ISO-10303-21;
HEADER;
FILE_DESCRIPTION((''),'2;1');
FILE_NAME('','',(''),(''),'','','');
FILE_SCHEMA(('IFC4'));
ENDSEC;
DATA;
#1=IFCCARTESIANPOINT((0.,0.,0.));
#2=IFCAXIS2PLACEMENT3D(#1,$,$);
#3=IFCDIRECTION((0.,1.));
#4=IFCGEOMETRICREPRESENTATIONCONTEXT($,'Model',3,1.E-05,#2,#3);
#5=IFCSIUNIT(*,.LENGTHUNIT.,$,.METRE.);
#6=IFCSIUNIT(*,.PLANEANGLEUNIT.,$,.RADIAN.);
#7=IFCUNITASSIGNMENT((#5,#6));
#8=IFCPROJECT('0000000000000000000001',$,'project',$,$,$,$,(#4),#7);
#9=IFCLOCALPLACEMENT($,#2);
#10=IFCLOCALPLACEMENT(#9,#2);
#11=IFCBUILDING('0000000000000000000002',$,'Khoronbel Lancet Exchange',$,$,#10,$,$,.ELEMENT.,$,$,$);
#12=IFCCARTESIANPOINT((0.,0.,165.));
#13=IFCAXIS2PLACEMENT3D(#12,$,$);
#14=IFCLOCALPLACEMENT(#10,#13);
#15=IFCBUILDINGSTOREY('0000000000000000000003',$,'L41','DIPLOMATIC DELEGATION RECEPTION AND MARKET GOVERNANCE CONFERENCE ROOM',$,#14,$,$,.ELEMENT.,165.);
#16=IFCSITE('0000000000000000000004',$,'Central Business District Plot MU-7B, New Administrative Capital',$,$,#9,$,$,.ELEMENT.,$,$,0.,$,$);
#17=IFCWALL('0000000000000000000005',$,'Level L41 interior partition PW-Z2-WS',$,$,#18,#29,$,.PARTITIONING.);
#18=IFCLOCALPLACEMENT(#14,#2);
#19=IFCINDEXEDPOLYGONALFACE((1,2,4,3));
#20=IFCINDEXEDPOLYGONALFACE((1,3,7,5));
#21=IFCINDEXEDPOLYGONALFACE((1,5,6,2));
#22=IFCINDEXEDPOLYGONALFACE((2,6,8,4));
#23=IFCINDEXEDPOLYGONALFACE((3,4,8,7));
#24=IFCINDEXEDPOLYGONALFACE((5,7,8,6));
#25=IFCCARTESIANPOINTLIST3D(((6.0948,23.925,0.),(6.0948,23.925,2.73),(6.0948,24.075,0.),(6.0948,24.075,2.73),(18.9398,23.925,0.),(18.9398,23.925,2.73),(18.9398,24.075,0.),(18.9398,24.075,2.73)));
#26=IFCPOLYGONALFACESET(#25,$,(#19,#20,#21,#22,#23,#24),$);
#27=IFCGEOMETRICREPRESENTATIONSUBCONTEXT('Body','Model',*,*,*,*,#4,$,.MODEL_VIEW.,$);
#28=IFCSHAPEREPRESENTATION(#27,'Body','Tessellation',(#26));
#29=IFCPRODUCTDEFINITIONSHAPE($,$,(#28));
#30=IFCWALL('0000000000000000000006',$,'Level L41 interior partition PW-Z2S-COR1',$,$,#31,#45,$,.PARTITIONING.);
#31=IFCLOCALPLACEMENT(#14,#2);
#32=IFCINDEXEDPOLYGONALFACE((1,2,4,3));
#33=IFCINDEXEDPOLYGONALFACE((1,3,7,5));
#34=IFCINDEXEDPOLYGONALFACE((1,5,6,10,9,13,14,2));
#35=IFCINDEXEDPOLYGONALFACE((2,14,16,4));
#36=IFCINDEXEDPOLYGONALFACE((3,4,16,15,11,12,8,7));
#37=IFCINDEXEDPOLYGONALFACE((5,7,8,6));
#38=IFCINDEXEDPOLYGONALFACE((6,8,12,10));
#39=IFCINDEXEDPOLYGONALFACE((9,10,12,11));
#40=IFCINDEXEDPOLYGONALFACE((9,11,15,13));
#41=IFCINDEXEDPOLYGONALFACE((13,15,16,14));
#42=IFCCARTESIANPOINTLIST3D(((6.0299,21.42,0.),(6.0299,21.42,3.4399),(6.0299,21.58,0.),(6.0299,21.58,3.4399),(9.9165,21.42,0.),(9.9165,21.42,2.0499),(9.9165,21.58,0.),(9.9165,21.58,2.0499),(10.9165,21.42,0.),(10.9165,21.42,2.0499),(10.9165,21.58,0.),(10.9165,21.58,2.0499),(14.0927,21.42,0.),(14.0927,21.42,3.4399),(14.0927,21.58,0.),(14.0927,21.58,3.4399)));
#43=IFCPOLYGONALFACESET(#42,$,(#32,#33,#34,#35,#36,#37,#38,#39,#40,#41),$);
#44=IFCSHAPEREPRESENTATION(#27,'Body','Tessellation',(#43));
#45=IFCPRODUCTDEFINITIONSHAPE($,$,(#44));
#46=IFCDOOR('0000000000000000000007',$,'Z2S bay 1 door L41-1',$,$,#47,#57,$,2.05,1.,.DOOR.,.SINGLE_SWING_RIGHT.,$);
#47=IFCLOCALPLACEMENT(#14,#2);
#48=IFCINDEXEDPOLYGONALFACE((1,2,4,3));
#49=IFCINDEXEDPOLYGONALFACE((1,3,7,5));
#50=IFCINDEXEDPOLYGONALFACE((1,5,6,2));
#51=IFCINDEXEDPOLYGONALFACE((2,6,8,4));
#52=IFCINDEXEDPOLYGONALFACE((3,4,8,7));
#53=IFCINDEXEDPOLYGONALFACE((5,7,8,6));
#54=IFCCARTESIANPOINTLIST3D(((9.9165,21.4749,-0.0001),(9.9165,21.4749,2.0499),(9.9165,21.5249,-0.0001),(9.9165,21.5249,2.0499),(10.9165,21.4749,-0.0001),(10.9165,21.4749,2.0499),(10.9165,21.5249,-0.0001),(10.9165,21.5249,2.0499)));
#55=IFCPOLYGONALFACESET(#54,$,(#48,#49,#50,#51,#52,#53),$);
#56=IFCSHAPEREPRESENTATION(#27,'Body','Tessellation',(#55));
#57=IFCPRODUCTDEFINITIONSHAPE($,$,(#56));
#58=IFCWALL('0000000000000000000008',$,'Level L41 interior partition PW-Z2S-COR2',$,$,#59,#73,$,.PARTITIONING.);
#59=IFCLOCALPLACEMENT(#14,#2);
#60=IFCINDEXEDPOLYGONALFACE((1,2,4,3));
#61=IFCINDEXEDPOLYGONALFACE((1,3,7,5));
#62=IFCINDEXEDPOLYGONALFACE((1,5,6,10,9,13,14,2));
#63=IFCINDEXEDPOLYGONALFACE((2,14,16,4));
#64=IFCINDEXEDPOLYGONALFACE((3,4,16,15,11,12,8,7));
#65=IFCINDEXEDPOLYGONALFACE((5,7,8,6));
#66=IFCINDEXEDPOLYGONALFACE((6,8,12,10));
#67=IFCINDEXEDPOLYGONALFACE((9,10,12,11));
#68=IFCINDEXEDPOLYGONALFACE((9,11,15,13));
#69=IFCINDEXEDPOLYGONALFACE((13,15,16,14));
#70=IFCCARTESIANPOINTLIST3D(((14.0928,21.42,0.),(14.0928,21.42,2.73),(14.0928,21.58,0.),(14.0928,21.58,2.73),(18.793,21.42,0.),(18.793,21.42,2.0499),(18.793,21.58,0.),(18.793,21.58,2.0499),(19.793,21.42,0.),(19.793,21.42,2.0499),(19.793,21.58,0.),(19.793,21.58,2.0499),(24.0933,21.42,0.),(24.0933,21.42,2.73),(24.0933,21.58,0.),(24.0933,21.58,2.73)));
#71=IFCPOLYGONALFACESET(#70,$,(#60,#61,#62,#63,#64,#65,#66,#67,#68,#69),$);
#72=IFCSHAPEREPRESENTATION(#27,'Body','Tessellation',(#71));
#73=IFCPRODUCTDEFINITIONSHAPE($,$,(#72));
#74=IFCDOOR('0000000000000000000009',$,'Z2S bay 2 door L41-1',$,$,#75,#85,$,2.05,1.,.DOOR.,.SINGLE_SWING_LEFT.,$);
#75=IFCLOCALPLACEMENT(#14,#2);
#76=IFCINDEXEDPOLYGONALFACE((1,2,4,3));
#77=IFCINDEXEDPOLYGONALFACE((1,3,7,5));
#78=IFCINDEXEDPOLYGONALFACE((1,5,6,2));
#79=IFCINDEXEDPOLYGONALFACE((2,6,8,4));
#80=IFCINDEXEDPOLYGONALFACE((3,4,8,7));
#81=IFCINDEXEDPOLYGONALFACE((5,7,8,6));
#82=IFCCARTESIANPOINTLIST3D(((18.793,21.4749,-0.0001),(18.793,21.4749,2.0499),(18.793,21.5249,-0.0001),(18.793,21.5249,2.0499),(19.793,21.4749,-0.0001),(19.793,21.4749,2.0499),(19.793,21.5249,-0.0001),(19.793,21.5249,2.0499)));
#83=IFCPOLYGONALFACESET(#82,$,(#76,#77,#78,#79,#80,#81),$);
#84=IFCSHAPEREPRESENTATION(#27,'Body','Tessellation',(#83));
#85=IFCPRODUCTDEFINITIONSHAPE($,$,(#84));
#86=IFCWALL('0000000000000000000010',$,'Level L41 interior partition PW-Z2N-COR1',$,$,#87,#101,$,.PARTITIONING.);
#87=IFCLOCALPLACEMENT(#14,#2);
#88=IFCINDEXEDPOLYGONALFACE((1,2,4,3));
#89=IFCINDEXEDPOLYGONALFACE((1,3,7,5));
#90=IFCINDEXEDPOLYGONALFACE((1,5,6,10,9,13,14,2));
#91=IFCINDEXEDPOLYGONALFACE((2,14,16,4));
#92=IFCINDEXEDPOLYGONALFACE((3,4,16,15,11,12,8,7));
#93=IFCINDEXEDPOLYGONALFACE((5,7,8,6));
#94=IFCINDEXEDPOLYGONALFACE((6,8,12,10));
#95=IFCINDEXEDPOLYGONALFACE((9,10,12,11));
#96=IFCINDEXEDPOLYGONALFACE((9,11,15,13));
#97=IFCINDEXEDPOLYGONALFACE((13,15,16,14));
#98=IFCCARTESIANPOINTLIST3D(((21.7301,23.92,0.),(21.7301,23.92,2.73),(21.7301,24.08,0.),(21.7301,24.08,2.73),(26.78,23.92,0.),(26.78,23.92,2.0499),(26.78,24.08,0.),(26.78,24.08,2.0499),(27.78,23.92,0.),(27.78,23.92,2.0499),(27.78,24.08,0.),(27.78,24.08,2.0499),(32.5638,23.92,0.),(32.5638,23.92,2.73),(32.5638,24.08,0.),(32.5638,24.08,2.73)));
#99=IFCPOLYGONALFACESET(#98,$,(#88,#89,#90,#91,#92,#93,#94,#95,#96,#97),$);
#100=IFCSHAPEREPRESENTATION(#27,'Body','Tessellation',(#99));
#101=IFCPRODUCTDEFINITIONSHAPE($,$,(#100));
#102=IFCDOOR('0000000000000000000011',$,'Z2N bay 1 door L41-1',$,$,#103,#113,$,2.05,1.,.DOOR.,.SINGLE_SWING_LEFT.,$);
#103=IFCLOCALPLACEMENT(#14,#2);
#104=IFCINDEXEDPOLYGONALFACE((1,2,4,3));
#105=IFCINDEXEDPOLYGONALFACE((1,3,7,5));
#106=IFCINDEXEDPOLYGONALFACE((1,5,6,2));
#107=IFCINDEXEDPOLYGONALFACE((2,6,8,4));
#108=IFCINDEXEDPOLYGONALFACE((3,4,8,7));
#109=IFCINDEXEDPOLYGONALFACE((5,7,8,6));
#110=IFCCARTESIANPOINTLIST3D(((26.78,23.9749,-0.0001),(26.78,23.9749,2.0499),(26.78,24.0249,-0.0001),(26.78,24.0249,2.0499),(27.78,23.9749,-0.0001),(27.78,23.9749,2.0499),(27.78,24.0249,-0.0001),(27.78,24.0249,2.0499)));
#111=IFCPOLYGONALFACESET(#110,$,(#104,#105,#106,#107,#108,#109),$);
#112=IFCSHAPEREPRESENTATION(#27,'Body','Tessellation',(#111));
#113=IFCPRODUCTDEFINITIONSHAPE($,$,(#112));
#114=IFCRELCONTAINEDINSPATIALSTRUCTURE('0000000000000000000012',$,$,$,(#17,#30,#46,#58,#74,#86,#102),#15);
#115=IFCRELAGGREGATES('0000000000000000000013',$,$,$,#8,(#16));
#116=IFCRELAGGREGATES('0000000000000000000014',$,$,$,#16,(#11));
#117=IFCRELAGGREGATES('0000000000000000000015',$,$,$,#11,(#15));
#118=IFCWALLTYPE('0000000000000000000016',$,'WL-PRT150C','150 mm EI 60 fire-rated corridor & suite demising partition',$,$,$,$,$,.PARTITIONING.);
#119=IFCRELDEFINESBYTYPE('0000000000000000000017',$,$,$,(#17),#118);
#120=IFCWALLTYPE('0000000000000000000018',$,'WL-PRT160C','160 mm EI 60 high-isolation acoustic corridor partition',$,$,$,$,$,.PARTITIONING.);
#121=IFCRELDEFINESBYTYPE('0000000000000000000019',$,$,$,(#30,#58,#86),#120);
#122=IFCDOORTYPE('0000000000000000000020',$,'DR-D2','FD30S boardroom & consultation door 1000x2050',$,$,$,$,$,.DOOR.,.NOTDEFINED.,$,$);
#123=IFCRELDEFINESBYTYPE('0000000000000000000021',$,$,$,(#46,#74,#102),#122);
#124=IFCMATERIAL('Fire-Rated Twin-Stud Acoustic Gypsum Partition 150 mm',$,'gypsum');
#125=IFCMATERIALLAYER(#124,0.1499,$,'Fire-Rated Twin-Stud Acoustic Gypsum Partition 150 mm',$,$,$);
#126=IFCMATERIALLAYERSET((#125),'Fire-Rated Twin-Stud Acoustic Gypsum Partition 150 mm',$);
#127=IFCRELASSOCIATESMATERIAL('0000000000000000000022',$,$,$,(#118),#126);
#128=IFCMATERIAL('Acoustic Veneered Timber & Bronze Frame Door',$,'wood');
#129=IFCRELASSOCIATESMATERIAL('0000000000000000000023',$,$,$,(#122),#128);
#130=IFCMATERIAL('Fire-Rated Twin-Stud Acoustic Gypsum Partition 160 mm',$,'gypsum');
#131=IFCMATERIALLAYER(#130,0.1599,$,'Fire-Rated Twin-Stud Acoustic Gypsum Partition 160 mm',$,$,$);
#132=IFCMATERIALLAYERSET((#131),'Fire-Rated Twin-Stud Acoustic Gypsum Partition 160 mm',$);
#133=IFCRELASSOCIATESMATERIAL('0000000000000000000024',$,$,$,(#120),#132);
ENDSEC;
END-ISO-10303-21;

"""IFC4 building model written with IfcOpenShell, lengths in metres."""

from ifc_helpers import new_model, si_unit, direction, frame, frame_2d, origin, place, context, subcontext, project, spatial, rectangle, extrude, material, layer, layer_set, type_object, element, fill, save


model = new_model("IFC4")

# Units and contexts
model_context = context("Model", 3, precision=1e-05, world=origin(), true_north=direction((0.0, 1.0)))
body_context = subcontext(model_context, "Body", "Model", "MODEL_VIEW")
ifc_project = project(units=[si_unit("LENGTHUNIT", "METRE"), si_unit("PLANEANGLEUNIT", "RADIAN")], contexts=[model_context])

# Site, building, storey
site_placement = place(None, origin())
site = spatial("IfcSite", under=ifc_project, at=site_placement, Name="Central Business District Plot MU-7B, New Administrative Capital", CompositionType="ELEMENT", RefElevation=0.0)
building_placement = place(site_placement, origin())
building = spatial("IfcBuilding", under=site, at=building_placement, Name="Khoronbel Lancet Exchange", CompositionType="ELEMENT")
storey_placement = place(building_placement, frame((0.0, 0.0, 165.0)))
storey = spatial("IfcBuildingStorey", under=building, at=storey_placement, Name="L41", Description="DIPLOMATIC DELEGATION RECEPTION AND MARKET GOVERNANCE CONFERENCE ROOM", CompositionType="ELEMENT", Elevation=165.0)

# Shared definitions
ifc_material_1 = material(Name="Fire-Rated Twin-Stud Acoustic Gypsum Partition 150 mm", Category="gypsum")
ifc_layer_1 = layer(ifc_material_1, 0.1499, Name="Fire-Rated Twin-Stud Acoustic Gypsum Partition 150 mm")
ifc_layer_set_1 = layer_set([ifc_layer_1], Name="Fire-Rated Twin-Stud Acoustic Gypsum Partition 150 mm")
wall_type_1 = type_object("IfcWallType", Name="WL-PRT150C", Description="150 mm EI 60 fire-rated corridor & suite demising partition", PredefinedType="PARTITIONING", material=ifc_layer_set_1)
ifc_material_2 = material(Name="Acoustic Veneered Timber & Bronze Frame Door", Category="wood")
door_type = type_object("IfcDoorType", Name="DR-D2", Description="FD30S boardroom & consultation door 1000x2050", OperationType="NOTDEFINED", PredefinedType="DOOR", material=ifc_material_2)

# Wall
wall_1_placement = place(storey_placement, frame((6.095, 24.0, 0.0), z_axis=(0.0, 0.0, 1.0), x_axis=(1.0, 0.0, 0.0)))
element("IfcWall", 1, at=wall_1_placement, inside=storey, type_object=wall_type_1, Name="Level L41 interior partition PW-Z2-WS", PredefinedType="PARTITIONING", context=body_context, shape_type="SweptSolid", body=[
    extrude(rectangle(XDim=12.845, YDim=0.1499, at=frame_2d((6.4224, 0.0))), origin(), (0.0, 0.0, 1.0), 2.73),
])

# Walls, openings, doors
ifc_material_3 = material(Name="Fire-Rated Twin-Stud Acoustic Gypsum Partition 160 mm", Category="gypsum")
ifc_layer_2 = layer(ifc_material_3, 0.1599, Name="Fire-Rated Twin-Stud Acoustic Gypsum Partition 160 mm")
ifc_layer_set_2 = layer_set([ifc_layer_2], Name="Fire-Rated Twin-Stud Acoustic Gypsum Partition 160 mm")
wall_type_2 = type_object("IfcWallType", Name="WL-PRT160C", Description="160 mm EI 60 high-isolation acoustic corridor partition", PredefinedType="PARTITIONING", material=ifc_layer_set_2)
wall_2_placement = place(storey_placement, frame((6.03, 21.5, 0.0), z_axis=(0.0, 0.0, 1.0), x_axis=(1.0, 0.0, 0.0)))
wall_2 = element("IfcWall", 2, at=wall_2_placement, inside=storey, type_object=wall_type_2, Name="Level L41 interior partition PW-Z2S-COR1", PredefinedType="PARTITIONING", context=body_context, shape_type="SweptSolid", body=[
    extrude(rectangle(XDim=8.0627, YDim=0.1599, at=frame_2d((4.0312, 0.0))), origin(), (0.0, 0.0, 1.0), 3.4399),
])
opening_1_placement = place(wall_2_placement, frame((3.8865, 0.0, 0.0)))
opening_1 = element("IfcOpeningElement", 3, at=opening_1_placement, cuts=wall_2, PredefinedType="OPENING", context=body_context, shape_type="SweptSolid", body=[
    extrude(rectangle(XDim=1.0, YDim=2.05, at=frame_2d((0.5, 1.0249))), frame((0.0, 0.0898, 0.0), z_axis=(0.0, -1.0, 0.0), x_axis=(1.0, 0.0, 0.0)), (0.0, 0.0, 1.0), 0.1799),
])
door_1_placement = place(opening_1_placement, origin())
door_1 = element("IfcDoor", 4, at=door_1_placement, inside=storey, type_object=door_type, Name="Z2S bay 1 door L41-1", OperationType="SINGLE_SWING_RIGHT", OverallHeight=2.05, OverallWidth=1.0, PredefinedType="DOOR", context=body_context, shape_type="SweptSolid", body=[
    extrude(rectangle(XDim=1.0, YDim=2.05, at=frame_2d((0.5, 1.0249))), frame((0.0, 0.0249, 0.0), z_axis=(0.0, -1.0, 0.0), x_axis=(1.0, 0.0, 0.0)), (0.0, 0.0, 1.0), 0.05),
])
fill(opening_1, door_1)
wall_3_placement = place(storey_placement, frame((14.0928, 21.5, 0.0), z_axis=(0.0, 0.0, 1.0), x_axis=(1.0, 0.0, 0.0)))
wall_3 = element("IfcWall", 5, at=wall_3_placement, inside=storey, type_object=wall_type_2, Name="Level L41 interior partition PW-Z2S-COR2", PredefinedType="PARTITIONING", context=body_context, shape_type="SweptSolid", body=[
    extrude(rectangle(XDim=10.0005, YDim=0.1599, at=frame_2d((5.0002, 0.0))), origin(), (0.0, 0.0, 1.0), 2.73),
])
opening_2_placement = place(wall_3_placement, frame((4.7002, 0.0, 0.0)))
opening_2 = element("IfcOpeningElement", 6, at=opening_2_placement, cuts=wall_3, PredefinedType="OPENING", context=body_context, shape_type="SweptSolid", body=[
    extrude(rectangle(XDim=1.0, YDim=2.05, at=frame_2d((0.5, 1.0249))), frame((0.0, 0.0898, 0.0), z_axis=(0.0, -1.0, 0.0), x_axis=(1.0, 0.0, 0.0)), (0.0, 0.0, 1.0), 0.1799),
])
door_2_placement = place(opening_2_placement, origin())
door_2 = element("IfcDoor", 7, at=door_2_placement, inside=storey, type_object=door_type, Name="Z2S bay 2 door L41-1", OperationType="SINGLE_SWING_LEFT", OverallHeight=2.05, OverallWidth=1.0, PredefinedType="DOOR", context=body_context, shape_type="SweptSolid", body=[
    extrude(rectangle(XDim=1.0, YDim=2.05, at=frame_2d((0.5, 1.0249))), frame((0.0, 0.0249, 0.0), z_axis=(0.0, -1.0, 0.0), x_axis=(1.0, 0.0, 0.0)), (0.0, 0.0, 1.0), 0.05),
])
fill(opening_2, door_2)
wall_4_placement = place(storey_placement, frame((21.73, 24.0, 0.0), z_axis=(0.0, 0.0, 1.0), x_axis=(1.0, 0.0, 0.0)))
wall_4 = element("IfcWall", 8, at=wall_4_placement, inside=storey, type_object=wall_type_2, Name="Level L41 interior partition PW-Z2N-COR1", PredefinedType="PARTITIONING", context=body_context, shape_type="SweptSolid", body=[
    extrude(rectangle(XDim=10.8337, YDim=0.1599, at=frame_2d((5.417, 0.0))), origin(), (0.0, 0.0, 1.0), 2.73),
])
opening_3_placement = place(wall_4_placement, frame((5.05, 0.0, 0.0)))
opening_3 = element("IfcOpeningElement", 9, at=opening_3_placement, cuts=wall_4, PredefinedType="OPENING", context=body_context, shape_type="SweptSolid", body=[
    extrude(rectangle(XDim=1.0, YDim=2.05, at=frame_2d((0.5, 1.0249))), frame((0.0, 0.0898, 0.0), z_axis=(0.0, -1.0, 0.0), x_axis=(1.0, 0.0, 0.0)), (0.0, 0.0, 1.0), 0.1799),
])
door_3_placement = place(opening_3_placement, origin())
door_3 = element("IfcDoor", 10, at=door_3_placement, inside=storey, type_object=door_type, Name="Z2N bay 1 door L41-1", OperationType="SINGLE_SWING_LEFT", OverallHeight=2.05, OverallWidth=1.0, PredefinedType="DOOR", context=body_context, shape_type="SweptSolid", body=[
    extrude(rectangle(XDim=1.0, YDim=2.05, at=frame_2d((0.5, 1.0249))), frame((0.0, 0.0249, 0.0), z_axis=(0.0, -1.0, 0.0), x_axis=(1.0, 0.0, 0.0)), (0.0, 0.0, 1.0), 0.05),
])
fill(opening_3, door_3)

save(model, "model.ifc")
